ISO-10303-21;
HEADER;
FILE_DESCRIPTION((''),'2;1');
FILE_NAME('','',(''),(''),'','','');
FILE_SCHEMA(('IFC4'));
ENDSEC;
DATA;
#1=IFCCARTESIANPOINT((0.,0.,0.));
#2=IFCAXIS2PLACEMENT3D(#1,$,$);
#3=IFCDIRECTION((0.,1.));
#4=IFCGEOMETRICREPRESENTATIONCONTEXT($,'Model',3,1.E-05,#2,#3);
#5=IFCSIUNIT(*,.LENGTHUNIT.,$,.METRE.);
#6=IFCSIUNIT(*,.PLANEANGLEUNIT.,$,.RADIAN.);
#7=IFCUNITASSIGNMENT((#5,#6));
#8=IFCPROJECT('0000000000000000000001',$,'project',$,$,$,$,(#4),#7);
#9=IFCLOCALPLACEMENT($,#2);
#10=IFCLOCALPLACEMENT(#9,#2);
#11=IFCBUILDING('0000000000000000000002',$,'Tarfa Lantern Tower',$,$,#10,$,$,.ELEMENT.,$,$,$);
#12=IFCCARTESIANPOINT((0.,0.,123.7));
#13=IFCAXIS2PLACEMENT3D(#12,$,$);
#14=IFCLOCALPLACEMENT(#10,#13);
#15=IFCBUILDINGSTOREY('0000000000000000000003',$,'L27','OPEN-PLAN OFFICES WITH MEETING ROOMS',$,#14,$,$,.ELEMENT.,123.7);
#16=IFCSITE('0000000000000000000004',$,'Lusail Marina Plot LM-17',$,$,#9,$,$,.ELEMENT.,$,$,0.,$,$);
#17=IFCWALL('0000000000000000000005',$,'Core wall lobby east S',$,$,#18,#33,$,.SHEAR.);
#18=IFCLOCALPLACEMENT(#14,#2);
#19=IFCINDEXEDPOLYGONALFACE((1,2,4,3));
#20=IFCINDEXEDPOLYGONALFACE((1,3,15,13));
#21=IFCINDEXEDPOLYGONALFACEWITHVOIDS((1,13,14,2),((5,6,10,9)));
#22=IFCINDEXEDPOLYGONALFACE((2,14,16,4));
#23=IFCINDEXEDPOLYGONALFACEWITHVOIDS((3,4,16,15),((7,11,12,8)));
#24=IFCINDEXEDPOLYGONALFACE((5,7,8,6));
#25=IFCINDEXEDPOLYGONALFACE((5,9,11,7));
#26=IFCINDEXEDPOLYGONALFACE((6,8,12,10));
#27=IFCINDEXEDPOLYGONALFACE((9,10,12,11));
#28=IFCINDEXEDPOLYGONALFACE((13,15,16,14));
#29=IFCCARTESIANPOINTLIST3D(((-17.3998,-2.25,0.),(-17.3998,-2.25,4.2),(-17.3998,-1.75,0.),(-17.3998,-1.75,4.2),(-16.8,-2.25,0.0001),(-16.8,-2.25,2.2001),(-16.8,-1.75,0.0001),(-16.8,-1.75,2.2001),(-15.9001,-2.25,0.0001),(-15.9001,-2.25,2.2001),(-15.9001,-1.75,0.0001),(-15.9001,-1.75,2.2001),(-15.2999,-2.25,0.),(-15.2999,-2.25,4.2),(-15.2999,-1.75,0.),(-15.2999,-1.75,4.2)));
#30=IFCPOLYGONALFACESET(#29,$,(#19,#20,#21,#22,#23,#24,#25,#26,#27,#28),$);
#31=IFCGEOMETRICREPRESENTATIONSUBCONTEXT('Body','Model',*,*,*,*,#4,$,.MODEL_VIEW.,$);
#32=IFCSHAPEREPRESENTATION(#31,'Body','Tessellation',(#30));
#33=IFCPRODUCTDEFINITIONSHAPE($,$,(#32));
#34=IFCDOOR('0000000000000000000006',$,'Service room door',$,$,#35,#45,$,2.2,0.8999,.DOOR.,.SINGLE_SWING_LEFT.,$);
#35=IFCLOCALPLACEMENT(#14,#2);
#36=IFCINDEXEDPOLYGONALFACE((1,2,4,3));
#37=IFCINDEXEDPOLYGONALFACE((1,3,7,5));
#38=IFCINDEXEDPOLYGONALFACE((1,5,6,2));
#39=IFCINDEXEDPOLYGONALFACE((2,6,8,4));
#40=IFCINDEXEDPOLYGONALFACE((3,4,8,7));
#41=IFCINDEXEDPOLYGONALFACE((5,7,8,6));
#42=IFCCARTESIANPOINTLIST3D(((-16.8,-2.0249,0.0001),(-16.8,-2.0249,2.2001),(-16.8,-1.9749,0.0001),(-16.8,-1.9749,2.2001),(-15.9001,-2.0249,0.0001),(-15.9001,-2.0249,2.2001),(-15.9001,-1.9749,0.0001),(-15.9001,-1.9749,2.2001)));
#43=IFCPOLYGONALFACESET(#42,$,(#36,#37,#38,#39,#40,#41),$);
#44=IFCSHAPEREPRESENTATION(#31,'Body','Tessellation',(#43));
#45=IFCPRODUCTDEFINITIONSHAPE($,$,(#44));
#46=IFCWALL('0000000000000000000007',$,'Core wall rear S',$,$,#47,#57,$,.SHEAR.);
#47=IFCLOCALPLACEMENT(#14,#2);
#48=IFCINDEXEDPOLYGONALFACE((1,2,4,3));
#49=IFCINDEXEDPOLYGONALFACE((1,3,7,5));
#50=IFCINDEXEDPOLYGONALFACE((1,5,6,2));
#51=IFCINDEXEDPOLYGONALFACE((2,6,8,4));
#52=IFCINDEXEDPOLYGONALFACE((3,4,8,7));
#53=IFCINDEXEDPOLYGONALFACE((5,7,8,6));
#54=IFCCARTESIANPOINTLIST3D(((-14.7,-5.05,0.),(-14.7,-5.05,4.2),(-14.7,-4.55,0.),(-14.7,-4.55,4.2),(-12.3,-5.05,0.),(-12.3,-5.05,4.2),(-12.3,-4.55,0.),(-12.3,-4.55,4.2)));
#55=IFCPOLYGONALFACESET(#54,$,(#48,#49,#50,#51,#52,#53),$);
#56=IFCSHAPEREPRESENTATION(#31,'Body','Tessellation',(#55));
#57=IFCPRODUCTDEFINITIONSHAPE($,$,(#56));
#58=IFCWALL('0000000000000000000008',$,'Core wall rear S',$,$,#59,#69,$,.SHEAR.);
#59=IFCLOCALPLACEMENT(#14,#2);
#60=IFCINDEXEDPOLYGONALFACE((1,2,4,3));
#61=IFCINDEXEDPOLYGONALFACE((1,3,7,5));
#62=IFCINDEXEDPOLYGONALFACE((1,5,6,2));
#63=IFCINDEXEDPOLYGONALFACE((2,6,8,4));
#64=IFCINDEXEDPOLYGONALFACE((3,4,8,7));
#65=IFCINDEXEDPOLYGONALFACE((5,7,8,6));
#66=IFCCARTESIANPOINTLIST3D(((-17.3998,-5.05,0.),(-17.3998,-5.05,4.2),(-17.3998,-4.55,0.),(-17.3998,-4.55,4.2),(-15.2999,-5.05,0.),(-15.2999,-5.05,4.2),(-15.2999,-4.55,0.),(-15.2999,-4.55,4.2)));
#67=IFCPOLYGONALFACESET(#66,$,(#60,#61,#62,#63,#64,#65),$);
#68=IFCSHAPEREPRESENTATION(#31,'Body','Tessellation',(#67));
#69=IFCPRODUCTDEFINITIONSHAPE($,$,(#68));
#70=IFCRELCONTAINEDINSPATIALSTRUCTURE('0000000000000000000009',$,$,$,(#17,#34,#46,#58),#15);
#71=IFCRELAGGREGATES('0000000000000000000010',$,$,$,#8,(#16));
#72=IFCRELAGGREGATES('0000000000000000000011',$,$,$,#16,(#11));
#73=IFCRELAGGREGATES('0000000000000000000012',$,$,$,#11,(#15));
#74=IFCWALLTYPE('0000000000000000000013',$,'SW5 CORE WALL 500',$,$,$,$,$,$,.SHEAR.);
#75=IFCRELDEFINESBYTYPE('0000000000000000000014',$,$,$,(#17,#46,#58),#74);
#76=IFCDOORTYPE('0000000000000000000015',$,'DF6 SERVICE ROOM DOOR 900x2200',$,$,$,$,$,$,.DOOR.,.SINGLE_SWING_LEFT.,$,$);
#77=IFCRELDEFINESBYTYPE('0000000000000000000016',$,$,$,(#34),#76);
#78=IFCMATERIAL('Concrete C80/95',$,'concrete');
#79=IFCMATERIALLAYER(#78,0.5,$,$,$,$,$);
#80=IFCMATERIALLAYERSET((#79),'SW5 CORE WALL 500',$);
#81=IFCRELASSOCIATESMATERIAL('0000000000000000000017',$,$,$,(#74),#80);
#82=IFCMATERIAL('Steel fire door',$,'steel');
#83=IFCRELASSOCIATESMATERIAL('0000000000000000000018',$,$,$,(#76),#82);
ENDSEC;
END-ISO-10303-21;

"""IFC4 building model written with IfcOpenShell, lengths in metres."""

from ifc_helpers import new_model, si_unit, direction, frame, frame_2d, origin, place, context, subcontext, project, spatial, rectangle, extrude, material, layer, layer_set, type_object, element, fill, save


model = new_model("IFC4")

# Units and contexts
model_context = context("Model", 3, precision=1e-05, world=origin(), true_north=direction((0.0, 1.0)))
body_context = subcontext(model_context, "Body", "Model", "MODEL_VIEW")
ifc_project = project(units=[si_unit("LENGTHUNIT", "METRE"), si_unit("PLANEANGLEUNIT", "RADIAN")], contexts=[model_context])

# Site, building, storey
site_placement = place(None, origin())
site = spatial("IfcSite", under=ifc_project, at=site_placement, Name="Lusail Marina Plot LM-17", CompositionType="ELEMENT", RefElevation=0.0)
building_placement = place(site_placement, origin())
building = spatial("IfcBuilding", under=site, at=building_placement, Name="Tarfa Lantern Tower", CompositionType="ELEMENT")
storey_placement = place(building_placement, frame((0.0, 0.0, 123.7)))
storey = spatial("IfcBuildingStorey", under=building, at=storey_placement, Name="L27", Description="OPEN-PLAN OFFICES WITH MEETING ROOMS", CompositionType="ELEMENT", Elevation=123.7)

# Shared definitions
ifc_material_1 = material(Name="Concrete C80/95", Category="concrete")
ifc_layer_1 = layer(ifc_material_1, 0.5)
ifc_layer_set_1 = layer_set([ifc_layer_1], Name="SW5 CORE WALL 500")
wall_type_1 = type_object("IfcWallType", Name="SW5 CORE WALL 500", PredefinedType="SHEAR", material=ifc_layer_set_1)
ifc_material_2 = material(Name="Steel fire door", Category="steel")
door_type_1 = type_object("IfcDoorType", Name="DF6 SERVICE ROOM DOOR 900x2200", OperationType="SINGLE_SWING_LEFT", PredefinedType="DOOR", material=ifc_material_2)

# Wall, opening, door
wall_1_placement = place(storey_placement, frame((-15.3, -2.0, 0.0), z_axis=(0.0, 0.0, 1.0), x_axis=(-1.0, 0.0, 0.0)))
wall_1 = element("IfcWall", 1, at=wall_1_placement, inside=storey, type_object=wall_type_1, Name="Core wall lobby east S", PredefinedType="SHEAR", context=body_context, shape_type="SweptSolid", body=[
    extrude(rectangle(XDim=2.0999, YDim=0.5, at=frame_2d((1.0498, 0.0))), origin(), (0.0, 0.0, 1.0), 4.2),
])
opening_1_placement = place(wall_1_placement, frame((0.6001, 0.0, 0.0)))
opening_1 = element("IfcOpeningElement", 2, at=opening_1_placement, cuts=wall_1, PredefinedType="OPENING", context=body_context, shape_type="SweptSolid", body=[
    extrude(rectangle(XDim=0.8999, YDim=2.2, at=frame_2d((0.45, 1.1001))), frame((0.0, 0.26, 0.0), z_axis=(0.0, -1.0, 0.0), x_axis=(1.0, 0.0, 0.0)), (0.0, 0.0, 1.0), 0.52),
])
door_1_placement = place(opening_1_placement, origin())
door_1 = element("IfcDoor", 3, at=door_1_placement, inside=storey, type_object=door_type_1, Name="Service room door", OperationType="SINGLE_SWING_LEFT", OverallHeight=2.2, OverallWidth=0.8999, PredefinedType="DOOR", context=body_context, shape_type="SweptSolid", body=[
    extrude(rectangle(XDim=0.8999, YDim=2.2, at=frame_2d((0.45, 1.1001))), frame((0.0, 0.0249, 0.0), z_axis=(0.0, -1.0, 0.0), x_axis=(1.0, 0.0, 0.0)), (0.0, 0.0, 1.0), 0.05),
])
fill(opening_1, door_1)

# Walls
wall_2_placement = place(storey_placement, frame((-12.3, -4.8, 0.0), z_axis=(0.0, 0.0, 1.0), x_axis=(-1.0, 0.0, 0.0)))
element("IfcWall", 4, at=wall_2_placement, inside=storey, type_object=wall_type_1, Name="Core wall rear S", PredefinedType="SHEAR", context=body_context, shape_type="SweptSolid", body=[
    extrude(rectangle(XDim=2.3999, YDim=0.5, at=frame_2d((1.2, 0.0))), origin(), (0.0, 0.0, 1.0), 4.2),
])
wall_3_placement = place(storey_placement, frame((-15.3, -4.8, 0.0), z_axis=(0.0, 0.0, 1.0), x_axis=(-1.0, 0.0, 0.0)))
element("IfcWall", 5, at=wall_3_placement, inside=storey, type_object=wall_type_1, Name="Core wall rear S", PredefinedType="SHEAR", context=body_context, shape_type="SweptSolid", body=[
    extrude(rectangle(XDim=2.0999, YDim=0.5, at=frame_2d((1.0498, 0.0))), origin(), (0.0, 0.0, 1.0), 4.2),
])

save(model, "model.ifc")
